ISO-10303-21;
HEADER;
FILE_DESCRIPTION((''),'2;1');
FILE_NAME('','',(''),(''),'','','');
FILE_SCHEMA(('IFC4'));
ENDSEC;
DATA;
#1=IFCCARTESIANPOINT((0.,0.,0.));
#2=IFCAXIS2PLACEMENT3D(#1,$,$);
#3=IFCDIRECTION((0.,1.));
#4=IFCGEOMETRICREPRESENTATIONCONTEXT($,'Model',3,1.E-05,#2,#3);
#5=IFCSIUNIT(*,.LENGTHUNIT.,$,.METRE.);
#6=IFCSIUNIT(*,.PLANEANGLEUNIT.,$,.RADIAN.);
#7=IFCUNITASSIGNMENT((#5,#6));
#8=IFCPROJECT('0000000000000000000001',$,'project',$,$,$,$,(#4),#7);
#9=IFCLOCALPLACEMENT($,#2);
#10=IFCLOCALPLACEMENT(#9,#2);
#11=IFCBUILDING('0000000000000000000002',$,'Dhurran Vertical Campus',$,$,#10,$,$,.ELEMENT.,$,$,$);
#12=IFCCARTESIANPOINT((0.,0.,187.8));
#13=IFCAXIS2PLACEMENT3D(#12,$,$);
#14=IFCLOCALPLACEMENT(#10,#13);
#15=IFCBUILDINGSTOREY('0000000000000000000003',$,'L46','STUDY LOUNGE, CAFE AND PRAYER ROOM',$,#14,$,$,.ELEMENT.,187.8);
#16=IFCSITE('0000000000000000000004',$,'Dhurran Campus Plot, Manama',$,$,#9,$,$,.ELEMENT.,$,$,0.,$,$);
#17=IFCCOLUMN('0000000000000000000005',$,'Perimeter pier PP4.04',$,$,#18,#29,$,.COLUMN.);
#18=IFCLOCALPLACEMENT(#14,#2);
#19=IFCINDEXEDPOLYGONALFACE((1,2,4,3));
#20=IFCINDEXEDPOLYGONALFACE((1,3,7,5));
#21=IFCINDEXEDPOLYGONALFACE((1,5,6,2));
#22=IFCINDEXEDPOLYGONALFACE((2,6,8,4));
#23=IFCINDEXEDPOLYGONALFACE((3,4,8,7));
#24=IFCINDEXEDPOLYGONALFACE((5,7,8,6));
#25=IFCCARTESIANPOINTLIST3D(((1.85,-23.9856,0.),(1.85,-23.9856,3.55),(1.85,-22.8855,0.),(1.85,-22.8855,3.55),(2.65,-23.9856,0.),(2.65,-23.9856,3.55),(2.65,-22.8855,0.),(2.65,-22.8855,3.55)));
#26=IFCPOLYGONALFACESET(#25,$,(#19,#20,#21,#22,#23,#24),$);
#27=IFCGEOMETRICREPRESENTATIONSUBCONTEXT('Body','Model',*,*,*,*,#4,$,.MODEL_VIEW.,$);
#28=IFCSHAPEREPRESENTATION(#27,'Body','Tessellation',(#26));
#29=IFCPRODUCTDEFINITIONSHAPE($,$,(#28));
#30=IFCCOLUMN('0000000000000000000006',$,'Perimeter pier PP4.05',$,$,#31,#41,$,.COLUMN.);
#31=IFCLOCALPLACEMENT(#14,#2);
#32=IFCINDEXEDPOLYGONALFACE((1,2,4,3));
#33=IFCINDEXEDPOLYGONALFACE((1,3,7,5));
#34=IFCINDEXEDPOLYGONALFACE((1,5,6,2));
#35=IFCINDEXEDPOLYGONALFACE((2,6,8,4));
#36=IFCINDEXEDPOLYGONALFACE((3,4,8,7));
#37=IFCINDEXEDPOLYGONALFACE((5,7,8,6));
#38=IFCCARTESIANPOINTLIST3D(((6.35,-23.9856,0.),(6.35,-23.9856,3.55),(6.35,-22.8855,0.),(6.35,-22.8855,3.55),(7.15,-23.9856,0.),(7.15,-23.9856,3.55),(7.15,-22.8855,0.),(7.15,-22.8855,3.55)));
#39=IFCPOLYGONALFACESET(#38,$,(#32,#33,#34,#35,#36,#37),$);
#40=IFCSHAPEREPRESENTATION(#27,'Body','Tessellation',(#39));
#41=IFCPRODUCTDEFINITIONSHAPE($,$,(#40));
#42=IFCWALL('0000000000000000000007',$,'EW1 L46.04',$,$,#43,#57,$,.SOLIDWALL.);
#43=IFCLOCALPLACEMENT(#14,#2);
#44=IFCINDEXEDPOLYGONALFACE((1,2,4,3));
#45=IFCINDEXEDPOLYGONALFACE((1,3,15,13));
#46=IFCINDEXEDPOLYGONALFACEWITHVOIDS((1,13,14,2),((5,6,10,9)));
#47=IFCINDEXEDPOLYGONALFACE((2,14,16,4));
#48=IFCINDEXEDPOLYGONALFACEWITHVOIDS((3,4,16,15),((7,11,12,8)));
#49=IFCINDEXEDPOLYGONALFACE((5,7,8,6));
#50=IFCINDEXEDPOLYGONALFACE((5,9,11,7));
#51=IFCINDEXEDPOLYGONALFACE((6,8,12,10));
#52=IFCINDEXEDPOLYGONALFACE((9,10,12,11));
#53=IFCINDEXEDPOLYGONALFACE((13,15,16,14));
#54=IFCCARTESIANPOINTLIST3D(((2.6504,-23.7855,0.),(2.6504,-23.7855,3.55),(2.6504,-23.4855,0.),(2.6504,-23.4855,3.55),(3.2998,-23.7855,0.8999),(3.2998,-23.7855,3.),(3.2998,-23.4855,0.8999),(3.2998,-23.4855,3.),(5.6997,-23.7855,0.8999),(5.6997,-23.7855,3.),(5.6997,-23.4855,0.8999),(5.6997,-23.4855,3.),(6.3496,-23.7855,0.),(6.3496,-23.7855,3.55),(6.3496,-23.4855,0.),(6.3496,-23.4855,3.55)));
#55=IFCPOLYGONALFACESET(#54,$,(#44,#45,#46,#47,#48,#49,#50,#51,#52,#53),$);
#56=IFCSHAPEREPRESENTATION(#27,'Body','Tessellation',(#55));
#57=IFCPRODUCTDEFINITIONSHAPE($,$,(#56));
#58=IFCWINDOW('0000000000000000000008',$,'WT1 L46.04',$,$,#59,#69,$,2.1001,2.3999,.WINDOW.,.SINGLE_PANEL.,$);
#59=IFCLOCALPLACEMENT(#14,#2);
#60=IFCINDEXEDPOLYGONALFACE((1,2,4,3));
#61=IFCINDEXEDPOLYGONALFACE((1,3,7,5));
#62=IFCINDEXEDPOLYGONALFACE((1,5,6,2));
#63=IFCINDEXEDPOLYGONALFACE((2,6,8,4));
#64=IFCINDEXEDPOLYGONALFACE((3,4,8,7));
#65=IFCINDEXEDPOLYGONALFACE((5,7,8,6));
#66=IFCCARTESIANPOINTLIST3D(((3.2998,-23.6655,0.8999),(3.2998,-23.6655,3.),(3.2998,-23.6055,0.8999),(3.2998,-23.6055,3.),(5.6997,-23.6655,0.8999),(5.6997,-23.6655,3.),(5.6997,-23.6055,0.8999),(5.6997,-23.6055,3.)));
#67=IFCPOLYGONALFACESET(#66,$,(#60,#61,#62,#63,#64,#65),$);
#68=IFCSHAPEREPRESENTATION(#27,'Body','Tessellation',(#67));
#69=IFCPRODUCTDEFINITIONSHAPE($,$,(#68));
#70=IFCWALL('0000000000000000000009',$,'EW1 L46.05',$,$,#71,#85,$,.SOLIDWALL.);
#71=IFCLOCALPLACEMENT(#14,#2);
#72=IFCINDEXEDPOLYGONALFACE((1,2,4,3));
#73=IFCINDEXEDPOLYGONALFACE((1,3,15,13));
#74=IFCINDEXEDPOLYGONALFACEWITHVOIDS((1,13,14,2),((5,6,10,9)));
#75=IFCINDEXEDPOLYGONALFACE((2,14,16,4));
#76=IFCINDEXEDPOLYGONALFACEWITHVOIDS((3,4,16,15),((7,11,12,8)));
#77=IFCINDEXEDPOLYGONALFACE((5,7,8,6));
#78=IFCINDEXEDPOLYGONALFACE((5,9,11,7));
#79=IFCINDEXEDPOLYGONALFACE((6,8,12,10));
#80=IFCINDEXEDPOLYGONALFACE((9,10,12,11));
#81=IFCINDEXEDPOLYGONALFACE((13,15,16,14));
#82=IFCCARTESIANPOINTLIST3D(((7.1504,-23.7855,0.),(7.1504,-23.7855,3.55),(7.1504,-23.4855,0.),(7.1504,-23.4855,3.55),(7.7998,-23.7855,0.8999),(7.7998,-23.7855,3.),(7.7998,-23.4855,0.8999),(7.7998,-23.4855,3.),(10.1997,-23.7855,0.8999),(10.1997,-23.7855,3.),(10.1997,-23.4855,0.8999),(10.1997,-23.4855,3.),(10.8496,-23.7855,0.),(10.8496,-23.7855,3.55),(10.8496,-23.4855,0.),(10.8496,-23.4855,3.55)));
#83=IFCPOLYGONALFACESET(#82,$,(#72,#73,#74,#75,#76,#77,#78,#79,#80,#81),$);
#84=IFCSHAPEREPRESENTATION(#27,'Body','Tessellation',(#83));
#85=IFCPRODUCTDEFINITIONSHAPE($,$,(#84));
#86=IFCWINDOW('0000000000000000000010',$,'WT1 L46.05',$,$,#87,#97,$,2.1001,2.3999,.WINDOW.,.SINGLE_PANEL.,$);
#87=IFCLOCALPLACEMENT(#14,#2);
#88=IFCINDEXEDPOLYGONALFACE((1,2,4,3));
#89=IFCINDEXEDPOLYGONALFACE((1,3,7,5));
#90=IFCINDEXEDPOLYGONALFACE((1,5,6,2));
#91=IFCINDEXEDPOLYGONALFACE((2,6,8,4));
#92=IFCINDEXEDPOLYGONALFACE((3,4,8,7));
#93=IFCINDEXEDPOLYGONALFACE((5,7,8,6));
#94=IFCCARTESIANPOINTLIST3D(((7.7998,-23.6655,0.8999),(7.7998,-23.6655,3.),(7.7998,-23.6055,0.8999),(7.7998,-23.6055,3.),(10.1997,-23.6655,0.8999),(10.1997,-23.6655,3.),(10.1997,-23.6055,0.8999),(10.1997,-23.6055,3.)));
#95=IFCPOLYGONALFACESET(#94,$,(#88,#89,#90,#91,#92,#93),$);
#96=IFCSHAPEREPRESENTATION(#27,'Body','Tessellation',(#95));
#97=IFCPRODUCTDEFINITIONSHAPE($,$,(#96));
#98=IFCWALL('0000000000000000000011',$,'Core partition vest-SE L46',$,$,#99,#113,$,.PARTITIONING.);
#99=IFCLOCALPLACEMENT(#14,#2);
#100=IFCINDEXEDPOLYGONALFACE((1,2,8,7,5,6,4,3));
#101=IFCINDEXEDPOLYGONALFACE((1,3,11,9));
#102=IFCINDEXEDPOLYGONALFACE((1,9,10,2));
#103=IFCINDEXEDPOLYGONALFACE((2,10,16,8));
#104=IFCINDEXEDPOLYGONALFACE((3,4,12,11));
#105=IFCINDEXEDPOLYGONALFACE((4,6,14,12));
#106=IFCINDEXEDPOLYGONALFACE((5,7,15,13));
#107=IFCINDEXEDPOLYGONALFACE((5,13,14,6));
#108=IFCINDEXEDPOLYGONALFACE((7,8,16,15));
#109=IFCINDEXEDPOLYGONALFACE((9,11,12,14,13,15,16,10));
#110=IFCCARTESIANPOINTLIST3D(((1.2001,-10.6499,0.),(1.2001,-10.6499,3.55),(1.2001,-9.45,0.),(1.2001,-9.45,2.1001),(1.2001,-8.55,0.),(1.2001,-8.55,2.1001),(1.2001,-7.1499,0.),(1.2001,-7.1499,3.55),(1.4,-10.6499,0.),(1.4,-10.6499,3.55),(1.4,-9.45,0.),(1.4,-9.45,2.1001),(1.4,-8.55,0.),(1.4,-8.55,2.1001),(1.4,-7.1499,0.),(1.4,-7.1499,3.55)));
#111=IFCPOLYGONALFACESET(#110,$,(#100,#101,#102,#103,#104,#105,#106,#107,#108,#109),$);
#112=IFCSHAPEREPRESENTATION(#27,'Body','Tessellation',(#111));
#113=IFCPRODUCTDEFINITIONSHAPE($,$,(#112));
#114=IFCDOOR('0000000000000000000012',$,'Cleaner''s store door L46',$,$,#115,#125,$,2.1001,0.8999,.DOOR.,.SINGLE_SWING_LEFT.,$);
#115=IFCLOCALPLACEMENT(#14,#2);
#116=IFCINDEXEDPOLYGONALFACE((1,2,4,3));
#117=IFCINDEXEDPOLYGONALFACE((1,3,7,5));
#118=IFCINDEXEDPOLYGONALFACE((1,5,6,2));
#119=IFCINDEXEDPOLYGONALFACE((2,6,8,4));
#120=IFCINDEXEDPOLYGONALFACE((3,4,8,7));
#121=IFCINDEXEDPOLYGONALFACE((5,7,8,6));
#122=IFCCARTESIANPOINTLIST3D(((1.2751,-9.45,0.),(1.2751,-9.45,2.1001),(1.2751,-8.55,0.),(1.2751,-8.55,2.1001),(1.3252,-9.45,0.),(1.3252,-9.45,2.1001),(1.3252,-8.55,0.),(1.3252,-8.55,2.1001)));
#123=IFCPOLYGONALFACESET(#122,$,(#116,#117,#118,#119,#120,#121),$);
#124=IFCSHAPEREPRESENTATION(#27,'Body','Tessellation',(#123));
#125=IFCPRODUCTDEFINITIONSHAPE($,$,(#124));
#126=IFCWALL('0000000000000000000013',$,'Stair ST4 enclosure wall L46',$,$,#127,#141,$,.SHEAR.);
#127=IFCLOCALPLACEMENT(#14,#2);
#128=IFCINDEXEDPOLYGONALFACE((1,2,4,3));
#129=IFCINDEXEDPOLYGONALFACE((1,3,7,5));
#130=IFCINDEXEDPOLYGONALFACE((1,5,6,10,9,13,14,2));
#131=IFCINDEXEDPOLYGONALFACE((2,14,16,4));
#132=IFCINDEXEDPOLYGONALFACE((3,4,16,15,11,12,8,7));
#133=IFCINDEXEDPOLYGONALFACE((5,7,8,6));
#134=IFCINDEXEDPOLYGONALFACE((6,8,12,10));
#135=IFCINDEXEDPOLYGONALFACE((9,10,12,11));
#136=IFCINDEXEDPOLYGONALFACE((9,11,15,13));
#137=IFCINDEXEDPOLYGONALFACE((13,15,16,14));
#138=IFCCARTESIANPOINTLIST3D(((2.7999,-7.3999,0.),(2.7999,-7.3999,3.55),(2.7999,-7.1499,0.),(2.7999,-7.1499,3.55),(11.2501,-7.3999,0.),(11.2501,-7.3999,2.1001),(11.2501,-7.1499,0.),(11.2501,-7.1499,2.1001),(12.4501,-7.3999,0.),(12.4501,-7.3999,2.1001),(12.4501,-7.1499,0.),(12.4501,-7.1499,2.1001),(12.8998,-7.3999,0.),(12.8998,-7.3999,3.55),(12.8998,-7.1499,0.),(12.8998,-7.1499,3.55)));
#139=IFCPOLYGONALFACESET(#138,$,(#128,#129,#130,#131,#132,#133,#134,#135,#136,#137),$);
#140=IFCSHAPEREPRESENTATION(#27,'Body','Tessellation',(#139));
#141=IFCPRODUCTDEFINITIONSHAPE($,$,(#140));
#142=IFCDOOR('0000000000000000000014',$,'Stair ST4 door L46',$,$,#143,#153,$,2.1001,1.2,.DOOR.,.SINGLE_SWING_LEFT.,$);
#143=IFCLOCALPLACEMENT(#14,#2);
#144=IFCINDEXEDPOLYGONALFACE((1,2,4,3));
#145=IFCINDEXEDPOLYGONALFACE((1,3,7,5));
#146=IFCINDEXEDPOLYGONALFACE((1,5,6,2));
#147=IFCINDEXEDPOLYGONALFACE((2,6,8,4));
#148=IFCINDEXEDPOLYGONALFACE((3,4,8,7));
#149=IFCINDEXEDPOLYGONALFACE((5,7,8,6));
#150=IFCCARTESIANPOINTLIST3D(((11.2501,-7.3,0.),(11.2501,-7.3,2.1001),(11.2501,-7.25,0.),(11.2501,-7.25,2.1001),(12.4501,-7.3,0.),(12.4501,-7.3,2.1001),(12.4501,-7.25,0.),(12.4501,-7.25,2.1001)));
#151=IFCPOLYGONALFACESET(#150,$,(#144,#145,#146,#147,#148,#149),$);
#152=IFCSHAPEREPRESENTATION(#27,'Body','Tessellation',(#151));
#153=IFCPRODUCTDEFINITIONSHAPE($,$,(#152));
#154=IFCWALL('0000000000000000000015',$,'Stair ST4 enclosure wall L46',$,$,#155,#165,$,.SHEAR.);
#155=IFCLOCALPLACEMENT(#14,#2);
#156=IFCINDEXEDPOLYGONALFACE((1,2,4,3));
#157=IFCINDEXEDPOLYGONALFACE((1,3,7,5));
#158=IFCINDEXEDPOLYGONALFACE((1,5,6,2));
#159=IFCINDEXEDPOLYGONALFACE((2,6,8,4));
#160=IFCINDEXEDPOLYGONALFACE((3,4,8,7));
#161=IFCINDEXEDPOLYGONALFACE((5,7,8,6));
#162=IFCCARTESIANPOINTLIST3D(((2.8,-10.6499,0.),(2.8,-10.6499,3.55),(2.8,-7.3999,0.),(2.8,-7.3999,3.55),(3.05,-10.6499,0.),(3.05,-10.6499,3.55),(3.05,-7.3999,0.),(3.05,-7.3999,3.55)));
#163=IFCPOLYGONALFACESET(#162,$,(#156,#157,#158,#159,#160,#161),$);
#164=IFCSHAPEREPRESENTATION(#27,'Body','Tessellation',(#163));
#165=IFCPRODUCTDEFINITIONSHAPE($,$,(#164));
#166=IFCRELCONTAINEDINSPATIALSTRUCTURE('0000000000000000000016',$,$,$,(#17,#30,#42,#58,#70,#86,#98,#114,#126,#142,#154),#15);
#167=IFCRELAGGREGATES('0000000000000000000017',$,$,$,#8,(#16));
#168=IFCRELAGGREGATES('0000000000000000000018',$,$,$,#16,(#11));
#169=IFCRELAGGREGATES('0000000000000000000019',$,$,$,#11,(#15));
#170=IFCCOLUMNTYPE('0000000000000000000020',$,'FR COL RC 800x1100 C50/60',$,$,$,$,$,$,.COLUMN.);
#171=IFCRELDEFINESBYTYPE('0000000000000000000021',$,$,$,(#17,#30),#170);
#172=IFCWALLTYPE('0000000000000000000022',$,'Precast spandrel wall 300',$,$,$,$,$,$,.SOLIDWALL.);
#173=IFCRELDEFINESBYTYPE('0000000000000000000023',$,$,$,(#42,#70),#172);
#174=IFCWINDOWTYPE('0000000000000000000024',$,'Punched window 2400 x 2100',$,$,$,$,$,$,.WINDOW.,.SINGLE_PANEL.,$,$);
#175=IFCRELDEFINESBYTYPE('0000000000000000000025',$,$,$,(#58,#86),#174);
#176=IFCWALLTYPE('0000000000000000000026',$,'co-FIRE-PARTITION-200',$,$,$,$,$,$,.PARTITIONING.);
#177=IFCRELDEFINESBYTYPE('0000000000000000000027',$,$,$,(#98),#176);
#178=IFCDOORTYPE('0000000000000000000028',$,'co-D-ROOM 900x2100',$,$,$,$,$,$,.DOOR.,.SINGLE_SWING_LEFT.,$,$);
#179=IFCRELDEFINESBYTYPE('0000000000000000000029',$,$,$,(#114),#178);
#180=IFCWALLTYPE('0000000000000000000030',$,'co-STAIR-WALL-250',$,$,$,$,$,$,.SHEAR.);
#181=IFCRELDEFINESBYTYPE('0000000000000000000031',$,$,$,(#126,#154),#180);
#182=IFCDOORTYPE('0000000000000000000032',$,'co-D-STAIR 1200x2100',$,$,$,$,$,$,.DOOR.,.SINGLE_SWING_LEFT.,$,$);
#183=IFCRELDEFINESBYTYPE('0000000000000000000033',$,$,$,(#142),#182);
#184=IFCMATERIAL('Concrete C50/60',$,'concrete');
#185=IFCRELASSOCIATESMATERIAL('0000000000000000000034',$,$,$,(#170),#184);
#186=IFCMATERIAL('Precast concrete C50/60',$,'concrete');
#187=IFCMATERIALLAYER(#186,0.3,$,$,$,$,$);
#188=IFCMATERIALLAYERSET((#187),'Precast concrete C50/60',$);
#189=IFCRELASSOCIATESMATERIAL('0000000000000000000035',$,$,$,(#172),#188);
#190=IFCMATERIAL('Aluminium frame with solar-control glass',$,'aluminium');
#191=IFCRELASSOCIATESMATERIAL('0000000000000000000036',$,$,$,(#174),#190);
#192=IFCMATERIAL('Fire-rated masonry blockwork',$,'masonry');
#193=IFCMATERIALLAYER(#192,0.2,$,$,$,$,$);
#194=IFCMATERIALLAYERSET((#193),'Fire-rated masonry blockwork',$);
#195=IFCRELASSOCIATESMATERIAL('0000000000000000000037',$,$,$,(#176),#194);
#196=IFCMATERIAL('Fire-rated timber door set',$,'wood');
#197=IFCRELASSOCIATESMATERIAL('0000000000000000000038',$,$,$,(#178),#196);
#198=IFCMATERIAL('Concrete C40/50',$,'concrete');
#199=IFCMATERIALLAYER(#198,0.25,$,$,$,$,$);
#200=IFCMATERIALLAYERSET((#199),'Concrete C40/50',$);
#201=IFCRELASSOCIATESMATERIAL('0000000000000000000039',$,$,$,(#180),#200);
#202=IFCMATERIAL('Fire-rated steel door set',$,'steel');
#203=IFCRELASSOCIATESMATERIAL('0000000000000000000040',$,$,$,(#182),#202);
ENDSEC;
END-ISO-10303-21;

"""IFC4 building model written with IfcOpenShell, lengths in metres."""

from ifc_helpers import new_model, si_unit, direction, frame, frame_2d, origin, origin_2d, place, context, subcontext, project, spatial, rectangle, extrude, material, layer, layer_set, material_profile, profile_set, type_object, element, fill, save


model = new_model("IFC4")

# Units and contexts
model_context = context("Model", 3, precision=1e-05, world=origin(), true_north=direction((0.0, 1.0)))
body_context = subcontext(model_context, "Body", "Model", "MODEL_VIEW")
ifc_project = project(units=[si_unit("LENGTHUNIT", "METRE"), si_unit("PLANEANGLEUNIT", "RADIAN")], contexts=[model_context])

# Site, building, storey
site_placement = place(None, origin())
site = spatial("IfcSite", under=ifc_project, at=site_placement, Name="Dhurran Campus Plot, Manama", CompositionType="ELEMENT", RefElevation=0.0)
building_placement = place(site_placement, origin())
building = spatial("IfcBuilding", under=site, at=building_placement, Name="Dhurran Vertical Campus", CompositionType="ELEMENT")
storey_placement = place(building_placement, frame((0.0, 0.0, 187.8)))
storey = spatial("IfcBuildingStorey", under=building, at=storey_placement, Name="L46", Description="STUDY LOUNGE, CAFE AND PRAYER ROOM", CompositionType="ELEMENT", Elevation=187.8)

# Columns
ifc_material_1 = material(Name="Concrete C50/60", Category="concrete")
ifc_material_profile = material_profile(ifc_material_1, rectangle(XDim=0.8, YDim=1.1001, at=origin_2d()), Name="RC 800x1100")
ifc_profile_set = profile_set([ifc_material_profile], Name="Concrete C50/60")
column_type = type_object("IfcColumnType", Name="FR COL RC 800x1100 C50/60", PredefinedType="COLUMN", material=ifc_profile_set)
for number, where, z_axis, x_axis, name in (
    (1, (2.25, -23.4355, 0.0), (0.0, 0.0, 1.0), (1.0, 0.0, 0.0), "Perimeter pier PP4.04"),
    (2, (6.75, -23.4355, 0.0), (0.0, 0.0, 1.0), (1.0, 0.0, 0.0), "Perimeter pier PP4.05"),
):
    element("IfcColumn", number, at=place(storey_placement, frame(where, z_axis=z_axis, x_axis=x_axis)), inside=storey, type_object=column_type, Name=name, PredefinedType="COLUMN", context=body_context, shape_type="SweptSolid", body=[
        extrude(rectangle(XDim=0.8, YDim=1.1001, at=origin_2d()), origin(), (0.0, 0.0, 1.0), 3.55),
    ])

# Walls, openings, windows
ifc_material_2 = material(Name="Precast concrete C50/60", Category="concrete")
ifc_layer_1 = layer(ifc_material_2, 0.3)
ifc_layer_set_1 = layer_set([ifc_layer_1], Name="Precast concrete C50/60")
wall_type_1 = type_object("IfcWallType", Name="Precast spandrel wall 300", PredefinedType="SOLIDWALL", material=ifc_layer_set_1)
wall_1_placement = place(storey_placement, frame((2.6504, -23.6355, 0.0), z_axis=(0.0, 0.0, 1.0), x_axis=(1.0, 0.0, 0.0)))
wall_1 = element("IfcWall", 3, at=wall_1_placement, inside=storey, type_object=wall_type_1, Name="EW1 L46.04", PredefinedType="SOLIDWALL", context=body_context, shape_type="SweptSolid", body=[
    extrude(rectangle(XDim=3.6992, YDim=0.3, at=frame_2d((1.8496, 0.0))), origin(), (0.0, 0.0, 1.0), 3.55),
])
opening_1_placement = place(wall_1_placement, frame((0.6494, 0.0, 0.8999)))
opening_1 = element("IfcOpeningElement", 4, at=opening_1_placement, cuts=wall_1, PredefinedType="OPENING", context=body_context, shape_type="SweptSolid", body=[
    extrude(rectangle(XDim=2.3999, YDim=2.1001, at=frame_2d((1.2, 1.05))), frame((0.0, 0.1599, 0.0), z_axis=(0.0, -1.0, 0.0), x_axis=(1.0, 0.0, 0.0)), (0.0, 0.0, 1.0), 0.3201),
])
ifc_material_3 = material(Name="Aluminium frame with solar-control glass", Category="aluminium")
window_type = type_object("IfcWindowType", Name="Punched window 2400 x 2100", PartitioningType="SINGLE_PANEL", PredefinedType="WINDOW", material=ifc_material_3)
window_1_placement = place(opening_1_placement, origin())
window_1 = element("IfcWindow", 5, at=window_1_placement, inside=storey, type_object=window_type, Name="WT1 L46.04", OverallHeight=2.1001, OverallWidth=2.3999, PartitioningType="SINGLE_PANEL", PredefinedType="WINDOW", context=body_context, shape_type="SweptSolid", body=[
    extrude(rectangle(XDim=2.3999, YDim=2.1001, at=frame_2d((1.2, 1.05))), frame((0.0, 0.03, 0.0), z_axis=(0.0, -1.0, 0.0), x_axis=(1.0, 0.0, 0.0)), (0.0, 0.0, 1.0), 0.0601),
])
fill(opening_1, window_1)
wall_2_placement = place(storey_placement, frame((7.1504, -23.6355, 0.0), z_axis=(0.0, 0.0, 1.0), x_axis=(1.0, 0.0, 0.0)))
wall_2 = element("IfcWall", 6, at=wall_2_placement, inside=storey, type_object=wall_type_1, Name="EW1 L46.05", PredefinedType="SOLIDWALL", context=body_context, shape_type="SweptSolid", body=[
    extrude(rectangle(XDim=3.6992, YDim=0.3, at=frame_2d((1.8496, 0.0))), origin(), (0.0, 0.0, 1.0), 3.55),
])
opening_2_placement = place(wall_2_placement, frame((0.6494, 0.0, 0.8999)))
opening_2 = element("IfcOpeningElement", 7, at=opening_2_placement, cuts=wall_2, PredefinedType="OPENING", context=body_context, shape_type="SweptSolid", body=[
    extrude(rectangle(XDim=2.3999, YDim=2.1001, at=frame_2d((1.2, 1.05))), frame((0.0, 0.1599, 0.0), z_axis=(0.0, -1.0, 0.0), x_axis=(1.0, 0.0, 0.0)), (0.0, 0.0, 1.0), 0.3201),
])
window_2_placement = place(opening_2_placement, origin())
window_2 = element("IfcWindow", 8, at=window_2_placement, inside=storey, type_object=window_type, Name="WT1 L46.05", OverallHeight=2.1001, OverallWidth=2.3999, PartitioningType="SINGLE_PANEL", PredefinedType="WINDOW", context=body_context, shape_type="SweptSolid", body=[
    extrude(rectangle(XDim=2.3999, YDim=2.1001, at=frame_2d((1.2, 1.05))), frame((0.0, 0.03, 0.0), z_axis=(0.0, -1.0, 0.0), x_axis=(1.0, 0.0, 0.0)), (0.0, 0.0, 1.0), 0.0601),
])
fill(opening_2, window_2)

# Walls, openings, doors
ifc_material_4 = material(Name="Fire-rated masonry blockwork", Category="masonry")
ifc_layer_2 = layer(ifc_material_4, 0.2)
ifc_layer_set_2 = layer_set([ifc_layer_2], Name="Fire-rated masonry blockwork")
wall_type_2 = type_object("IfcWallType", Name="co-FIRE-PARTITION-200", PredefinedType="PARTITIONING", material=ifc_layer_set_2)
wall_3_placement = place(storey_placement, frame((1.3, -10.6499, 0.0), z_axis=(0.0, 0.0, 1.0), x_axis=(0.0, 1.0, 0.0)))
wall_3 = element("IfcWall", 9, at=wall_3_placement, inside=storey, type_object=wall_type_2, Name="Core partition vest-SE L46", PredefinedType="PARTITIONING", context=body_context, shape_type="SweptSolid", body=[
    extrude(rectangle(XDim=3.5, YDim=0.2, at=frame_2d((1.75, 0.0))), origin(), (0.0, 0.0, 1.0), 3.55),
])
opening_3_placement = place(wall_3_placement, frame((1.2, 0.0, 0.0)))
opening_3 = element("IfcOpeningElement", 10, at=opening_3_placement, cuts=wall_3, PredefinedType="OPENING", context=body_context, shape_type="SweptSolid", body=[
    extrude(rectangle(XDim=0.8999, YDim=2.1001, at=frame_2d((0.45, 1.05))), frame((0.0, 0.1099, 0.0), z_axis=(0.0, -1.0, 0.0), x_axis=(1.0, 0.0, 0.0)), (0.0, 0.0, 1.0), 0.22),
])
ifc_material_5 = material(Name="Fire-rated timber door set", Category="wood")
door_type_1 = type_object("IfcDoorType", Name="co-D-ROOM 900x2100", OperationType="SINGLE_SWING_LEFT", PredefinedType="DOOR", material=ifc_material_5)
door_1_placement = place(opening_3_placement, origin())
door_1 = element("IfcDoor", 11, at=door_1_placement, inside=storey, type_object=door_type_1, Name="Cleaner's store door L46", OperationType="SINGLE_SWING_LEFT", OverallHeight=2.1001, OverallWidth=0.8999, PredefinedType="DOOR", context=body_context, shape_type="SweptSolid", body=[
    extrude(rectangle(XDim=0.8999, YDim=2.1001, at=frame_2d((0.45, 1.05))), frame((0.0, 0.0249, 0.0), z_axis=(0.0, -1.0, 0.0), x_axis=(1.0, 0.0, 0.0)), (0.0, 0.0, 1.0), 0.05),
])
fill(opening_3, door_1)
ifc_material_6 = material(Name="Concrete C40/50", Category="concrete")
ifc_layer_3 = layer(ifc_material_6, 0.25)
ifc_layer_set_3 = layer_set([ifc_layer_3], Name="Concrete C40/50")
wall_type_3 = type_object("IfcWallType", Name="co-STAIR-WALL-250", PredefinedType="SHEAR", material=ifc_layer_set_3)
wall_4_placement = place(storey_placement, frame((2.8, -7.2749, 0.0), z_axis=(0.0, 0.0, 1.0), x_axis=(1.0, 0.0, 0.0)))
wall_4 = element("IfcWall", 12, at=wall_4_placement, inside=storey, type_object=wall_type_3, Name="Stair ST4 enclosure wall L46", PredefinedType="SHEAR", context=body_context, shape_type="SweptSolid", body=[
    extrude(rectangle(XDim=10.0999, YDim=0.25, at=frame_2d((5.0498, 0.0))), origin(), (0.0, 0.0, 1.0), 3.55),
])
opening_4_placement = place(wall_4_placement, frame((8.45, 0.0, 0.0)))
opening_4 = element("IfcOpeningElement", 13, at=opening_4_placement, cuts=wall_4, PredefinedType="OPENING", context=body_context, shape_type="SweptSolid", body=[
    extrude(rectangle(XDim=1.2, YDim=2.1001, at=frame_2d((0.6001, 1.05))), frame((0.0, 0.135, 0.0), z_axis=(0.0, -1.0, 0.0), x_axis=(1.0, 0.0, 0.0)), (0.0, 0.0, 1.0), 0.27),
])
ifc_material_7 = material(Name="Fire-rated steel door set", Category="steel")
door_type_2 = type_object("IfcDoorType", Name="co-D-STAIR 1200x2100", OperationType="SINGLE_SWING_LEFT", PredefinedType="DOOR", material=ifc_material_7)
door_2_placement = place(opening_4_placement, origin())
door_2 = element("IfcDoor", 14, at=door_2_placement, inside=storey, type_object=door_type_2, Name="Stair ST4 door L46", OperationType="SINGLE_SWING_LEFT", OverallHeight=2.1001, OverallWidth=1.2, PredefinedType="DOOR", context=body_context, shape_type="SweptSolid", body=[
    extrude(rectangle(XDim=1.2, YDim=2.1001, at=frame_2d((0.6001, 1.05))), frame((0.0, 0.0249, 0.0), z_axis=(0.0, -1.0, 0.0), x_axis=(1.0, 0.0, 0.0)), (0.0, 0.0, 1.0), 0.05),
])
fill(opening_4, door_2)

# Wall
wall_5_placement = place(storey_placement, frame((2.925, -10.6499, 0.0), z_axis=(0.0, 0.0, 1.0), x_axis=(0.0, 1.0, 0.0)))
element("IfcWall", 15, at=wall_5_placement, inside=storey, type_object=wall_type_3, Name="Stair ST4 enclosure wall L46", PredefinedType="SHEAR", context=body_context, shape_type="SweptSolid", body=[
    extrude(rectangle(XDim=3.25, YDim=0.25, at=frame_2d((1.625, 0.0))), origin(), (0.0, 0.0, 1.0), 3.55),
])

save(model, "model.ifc")
